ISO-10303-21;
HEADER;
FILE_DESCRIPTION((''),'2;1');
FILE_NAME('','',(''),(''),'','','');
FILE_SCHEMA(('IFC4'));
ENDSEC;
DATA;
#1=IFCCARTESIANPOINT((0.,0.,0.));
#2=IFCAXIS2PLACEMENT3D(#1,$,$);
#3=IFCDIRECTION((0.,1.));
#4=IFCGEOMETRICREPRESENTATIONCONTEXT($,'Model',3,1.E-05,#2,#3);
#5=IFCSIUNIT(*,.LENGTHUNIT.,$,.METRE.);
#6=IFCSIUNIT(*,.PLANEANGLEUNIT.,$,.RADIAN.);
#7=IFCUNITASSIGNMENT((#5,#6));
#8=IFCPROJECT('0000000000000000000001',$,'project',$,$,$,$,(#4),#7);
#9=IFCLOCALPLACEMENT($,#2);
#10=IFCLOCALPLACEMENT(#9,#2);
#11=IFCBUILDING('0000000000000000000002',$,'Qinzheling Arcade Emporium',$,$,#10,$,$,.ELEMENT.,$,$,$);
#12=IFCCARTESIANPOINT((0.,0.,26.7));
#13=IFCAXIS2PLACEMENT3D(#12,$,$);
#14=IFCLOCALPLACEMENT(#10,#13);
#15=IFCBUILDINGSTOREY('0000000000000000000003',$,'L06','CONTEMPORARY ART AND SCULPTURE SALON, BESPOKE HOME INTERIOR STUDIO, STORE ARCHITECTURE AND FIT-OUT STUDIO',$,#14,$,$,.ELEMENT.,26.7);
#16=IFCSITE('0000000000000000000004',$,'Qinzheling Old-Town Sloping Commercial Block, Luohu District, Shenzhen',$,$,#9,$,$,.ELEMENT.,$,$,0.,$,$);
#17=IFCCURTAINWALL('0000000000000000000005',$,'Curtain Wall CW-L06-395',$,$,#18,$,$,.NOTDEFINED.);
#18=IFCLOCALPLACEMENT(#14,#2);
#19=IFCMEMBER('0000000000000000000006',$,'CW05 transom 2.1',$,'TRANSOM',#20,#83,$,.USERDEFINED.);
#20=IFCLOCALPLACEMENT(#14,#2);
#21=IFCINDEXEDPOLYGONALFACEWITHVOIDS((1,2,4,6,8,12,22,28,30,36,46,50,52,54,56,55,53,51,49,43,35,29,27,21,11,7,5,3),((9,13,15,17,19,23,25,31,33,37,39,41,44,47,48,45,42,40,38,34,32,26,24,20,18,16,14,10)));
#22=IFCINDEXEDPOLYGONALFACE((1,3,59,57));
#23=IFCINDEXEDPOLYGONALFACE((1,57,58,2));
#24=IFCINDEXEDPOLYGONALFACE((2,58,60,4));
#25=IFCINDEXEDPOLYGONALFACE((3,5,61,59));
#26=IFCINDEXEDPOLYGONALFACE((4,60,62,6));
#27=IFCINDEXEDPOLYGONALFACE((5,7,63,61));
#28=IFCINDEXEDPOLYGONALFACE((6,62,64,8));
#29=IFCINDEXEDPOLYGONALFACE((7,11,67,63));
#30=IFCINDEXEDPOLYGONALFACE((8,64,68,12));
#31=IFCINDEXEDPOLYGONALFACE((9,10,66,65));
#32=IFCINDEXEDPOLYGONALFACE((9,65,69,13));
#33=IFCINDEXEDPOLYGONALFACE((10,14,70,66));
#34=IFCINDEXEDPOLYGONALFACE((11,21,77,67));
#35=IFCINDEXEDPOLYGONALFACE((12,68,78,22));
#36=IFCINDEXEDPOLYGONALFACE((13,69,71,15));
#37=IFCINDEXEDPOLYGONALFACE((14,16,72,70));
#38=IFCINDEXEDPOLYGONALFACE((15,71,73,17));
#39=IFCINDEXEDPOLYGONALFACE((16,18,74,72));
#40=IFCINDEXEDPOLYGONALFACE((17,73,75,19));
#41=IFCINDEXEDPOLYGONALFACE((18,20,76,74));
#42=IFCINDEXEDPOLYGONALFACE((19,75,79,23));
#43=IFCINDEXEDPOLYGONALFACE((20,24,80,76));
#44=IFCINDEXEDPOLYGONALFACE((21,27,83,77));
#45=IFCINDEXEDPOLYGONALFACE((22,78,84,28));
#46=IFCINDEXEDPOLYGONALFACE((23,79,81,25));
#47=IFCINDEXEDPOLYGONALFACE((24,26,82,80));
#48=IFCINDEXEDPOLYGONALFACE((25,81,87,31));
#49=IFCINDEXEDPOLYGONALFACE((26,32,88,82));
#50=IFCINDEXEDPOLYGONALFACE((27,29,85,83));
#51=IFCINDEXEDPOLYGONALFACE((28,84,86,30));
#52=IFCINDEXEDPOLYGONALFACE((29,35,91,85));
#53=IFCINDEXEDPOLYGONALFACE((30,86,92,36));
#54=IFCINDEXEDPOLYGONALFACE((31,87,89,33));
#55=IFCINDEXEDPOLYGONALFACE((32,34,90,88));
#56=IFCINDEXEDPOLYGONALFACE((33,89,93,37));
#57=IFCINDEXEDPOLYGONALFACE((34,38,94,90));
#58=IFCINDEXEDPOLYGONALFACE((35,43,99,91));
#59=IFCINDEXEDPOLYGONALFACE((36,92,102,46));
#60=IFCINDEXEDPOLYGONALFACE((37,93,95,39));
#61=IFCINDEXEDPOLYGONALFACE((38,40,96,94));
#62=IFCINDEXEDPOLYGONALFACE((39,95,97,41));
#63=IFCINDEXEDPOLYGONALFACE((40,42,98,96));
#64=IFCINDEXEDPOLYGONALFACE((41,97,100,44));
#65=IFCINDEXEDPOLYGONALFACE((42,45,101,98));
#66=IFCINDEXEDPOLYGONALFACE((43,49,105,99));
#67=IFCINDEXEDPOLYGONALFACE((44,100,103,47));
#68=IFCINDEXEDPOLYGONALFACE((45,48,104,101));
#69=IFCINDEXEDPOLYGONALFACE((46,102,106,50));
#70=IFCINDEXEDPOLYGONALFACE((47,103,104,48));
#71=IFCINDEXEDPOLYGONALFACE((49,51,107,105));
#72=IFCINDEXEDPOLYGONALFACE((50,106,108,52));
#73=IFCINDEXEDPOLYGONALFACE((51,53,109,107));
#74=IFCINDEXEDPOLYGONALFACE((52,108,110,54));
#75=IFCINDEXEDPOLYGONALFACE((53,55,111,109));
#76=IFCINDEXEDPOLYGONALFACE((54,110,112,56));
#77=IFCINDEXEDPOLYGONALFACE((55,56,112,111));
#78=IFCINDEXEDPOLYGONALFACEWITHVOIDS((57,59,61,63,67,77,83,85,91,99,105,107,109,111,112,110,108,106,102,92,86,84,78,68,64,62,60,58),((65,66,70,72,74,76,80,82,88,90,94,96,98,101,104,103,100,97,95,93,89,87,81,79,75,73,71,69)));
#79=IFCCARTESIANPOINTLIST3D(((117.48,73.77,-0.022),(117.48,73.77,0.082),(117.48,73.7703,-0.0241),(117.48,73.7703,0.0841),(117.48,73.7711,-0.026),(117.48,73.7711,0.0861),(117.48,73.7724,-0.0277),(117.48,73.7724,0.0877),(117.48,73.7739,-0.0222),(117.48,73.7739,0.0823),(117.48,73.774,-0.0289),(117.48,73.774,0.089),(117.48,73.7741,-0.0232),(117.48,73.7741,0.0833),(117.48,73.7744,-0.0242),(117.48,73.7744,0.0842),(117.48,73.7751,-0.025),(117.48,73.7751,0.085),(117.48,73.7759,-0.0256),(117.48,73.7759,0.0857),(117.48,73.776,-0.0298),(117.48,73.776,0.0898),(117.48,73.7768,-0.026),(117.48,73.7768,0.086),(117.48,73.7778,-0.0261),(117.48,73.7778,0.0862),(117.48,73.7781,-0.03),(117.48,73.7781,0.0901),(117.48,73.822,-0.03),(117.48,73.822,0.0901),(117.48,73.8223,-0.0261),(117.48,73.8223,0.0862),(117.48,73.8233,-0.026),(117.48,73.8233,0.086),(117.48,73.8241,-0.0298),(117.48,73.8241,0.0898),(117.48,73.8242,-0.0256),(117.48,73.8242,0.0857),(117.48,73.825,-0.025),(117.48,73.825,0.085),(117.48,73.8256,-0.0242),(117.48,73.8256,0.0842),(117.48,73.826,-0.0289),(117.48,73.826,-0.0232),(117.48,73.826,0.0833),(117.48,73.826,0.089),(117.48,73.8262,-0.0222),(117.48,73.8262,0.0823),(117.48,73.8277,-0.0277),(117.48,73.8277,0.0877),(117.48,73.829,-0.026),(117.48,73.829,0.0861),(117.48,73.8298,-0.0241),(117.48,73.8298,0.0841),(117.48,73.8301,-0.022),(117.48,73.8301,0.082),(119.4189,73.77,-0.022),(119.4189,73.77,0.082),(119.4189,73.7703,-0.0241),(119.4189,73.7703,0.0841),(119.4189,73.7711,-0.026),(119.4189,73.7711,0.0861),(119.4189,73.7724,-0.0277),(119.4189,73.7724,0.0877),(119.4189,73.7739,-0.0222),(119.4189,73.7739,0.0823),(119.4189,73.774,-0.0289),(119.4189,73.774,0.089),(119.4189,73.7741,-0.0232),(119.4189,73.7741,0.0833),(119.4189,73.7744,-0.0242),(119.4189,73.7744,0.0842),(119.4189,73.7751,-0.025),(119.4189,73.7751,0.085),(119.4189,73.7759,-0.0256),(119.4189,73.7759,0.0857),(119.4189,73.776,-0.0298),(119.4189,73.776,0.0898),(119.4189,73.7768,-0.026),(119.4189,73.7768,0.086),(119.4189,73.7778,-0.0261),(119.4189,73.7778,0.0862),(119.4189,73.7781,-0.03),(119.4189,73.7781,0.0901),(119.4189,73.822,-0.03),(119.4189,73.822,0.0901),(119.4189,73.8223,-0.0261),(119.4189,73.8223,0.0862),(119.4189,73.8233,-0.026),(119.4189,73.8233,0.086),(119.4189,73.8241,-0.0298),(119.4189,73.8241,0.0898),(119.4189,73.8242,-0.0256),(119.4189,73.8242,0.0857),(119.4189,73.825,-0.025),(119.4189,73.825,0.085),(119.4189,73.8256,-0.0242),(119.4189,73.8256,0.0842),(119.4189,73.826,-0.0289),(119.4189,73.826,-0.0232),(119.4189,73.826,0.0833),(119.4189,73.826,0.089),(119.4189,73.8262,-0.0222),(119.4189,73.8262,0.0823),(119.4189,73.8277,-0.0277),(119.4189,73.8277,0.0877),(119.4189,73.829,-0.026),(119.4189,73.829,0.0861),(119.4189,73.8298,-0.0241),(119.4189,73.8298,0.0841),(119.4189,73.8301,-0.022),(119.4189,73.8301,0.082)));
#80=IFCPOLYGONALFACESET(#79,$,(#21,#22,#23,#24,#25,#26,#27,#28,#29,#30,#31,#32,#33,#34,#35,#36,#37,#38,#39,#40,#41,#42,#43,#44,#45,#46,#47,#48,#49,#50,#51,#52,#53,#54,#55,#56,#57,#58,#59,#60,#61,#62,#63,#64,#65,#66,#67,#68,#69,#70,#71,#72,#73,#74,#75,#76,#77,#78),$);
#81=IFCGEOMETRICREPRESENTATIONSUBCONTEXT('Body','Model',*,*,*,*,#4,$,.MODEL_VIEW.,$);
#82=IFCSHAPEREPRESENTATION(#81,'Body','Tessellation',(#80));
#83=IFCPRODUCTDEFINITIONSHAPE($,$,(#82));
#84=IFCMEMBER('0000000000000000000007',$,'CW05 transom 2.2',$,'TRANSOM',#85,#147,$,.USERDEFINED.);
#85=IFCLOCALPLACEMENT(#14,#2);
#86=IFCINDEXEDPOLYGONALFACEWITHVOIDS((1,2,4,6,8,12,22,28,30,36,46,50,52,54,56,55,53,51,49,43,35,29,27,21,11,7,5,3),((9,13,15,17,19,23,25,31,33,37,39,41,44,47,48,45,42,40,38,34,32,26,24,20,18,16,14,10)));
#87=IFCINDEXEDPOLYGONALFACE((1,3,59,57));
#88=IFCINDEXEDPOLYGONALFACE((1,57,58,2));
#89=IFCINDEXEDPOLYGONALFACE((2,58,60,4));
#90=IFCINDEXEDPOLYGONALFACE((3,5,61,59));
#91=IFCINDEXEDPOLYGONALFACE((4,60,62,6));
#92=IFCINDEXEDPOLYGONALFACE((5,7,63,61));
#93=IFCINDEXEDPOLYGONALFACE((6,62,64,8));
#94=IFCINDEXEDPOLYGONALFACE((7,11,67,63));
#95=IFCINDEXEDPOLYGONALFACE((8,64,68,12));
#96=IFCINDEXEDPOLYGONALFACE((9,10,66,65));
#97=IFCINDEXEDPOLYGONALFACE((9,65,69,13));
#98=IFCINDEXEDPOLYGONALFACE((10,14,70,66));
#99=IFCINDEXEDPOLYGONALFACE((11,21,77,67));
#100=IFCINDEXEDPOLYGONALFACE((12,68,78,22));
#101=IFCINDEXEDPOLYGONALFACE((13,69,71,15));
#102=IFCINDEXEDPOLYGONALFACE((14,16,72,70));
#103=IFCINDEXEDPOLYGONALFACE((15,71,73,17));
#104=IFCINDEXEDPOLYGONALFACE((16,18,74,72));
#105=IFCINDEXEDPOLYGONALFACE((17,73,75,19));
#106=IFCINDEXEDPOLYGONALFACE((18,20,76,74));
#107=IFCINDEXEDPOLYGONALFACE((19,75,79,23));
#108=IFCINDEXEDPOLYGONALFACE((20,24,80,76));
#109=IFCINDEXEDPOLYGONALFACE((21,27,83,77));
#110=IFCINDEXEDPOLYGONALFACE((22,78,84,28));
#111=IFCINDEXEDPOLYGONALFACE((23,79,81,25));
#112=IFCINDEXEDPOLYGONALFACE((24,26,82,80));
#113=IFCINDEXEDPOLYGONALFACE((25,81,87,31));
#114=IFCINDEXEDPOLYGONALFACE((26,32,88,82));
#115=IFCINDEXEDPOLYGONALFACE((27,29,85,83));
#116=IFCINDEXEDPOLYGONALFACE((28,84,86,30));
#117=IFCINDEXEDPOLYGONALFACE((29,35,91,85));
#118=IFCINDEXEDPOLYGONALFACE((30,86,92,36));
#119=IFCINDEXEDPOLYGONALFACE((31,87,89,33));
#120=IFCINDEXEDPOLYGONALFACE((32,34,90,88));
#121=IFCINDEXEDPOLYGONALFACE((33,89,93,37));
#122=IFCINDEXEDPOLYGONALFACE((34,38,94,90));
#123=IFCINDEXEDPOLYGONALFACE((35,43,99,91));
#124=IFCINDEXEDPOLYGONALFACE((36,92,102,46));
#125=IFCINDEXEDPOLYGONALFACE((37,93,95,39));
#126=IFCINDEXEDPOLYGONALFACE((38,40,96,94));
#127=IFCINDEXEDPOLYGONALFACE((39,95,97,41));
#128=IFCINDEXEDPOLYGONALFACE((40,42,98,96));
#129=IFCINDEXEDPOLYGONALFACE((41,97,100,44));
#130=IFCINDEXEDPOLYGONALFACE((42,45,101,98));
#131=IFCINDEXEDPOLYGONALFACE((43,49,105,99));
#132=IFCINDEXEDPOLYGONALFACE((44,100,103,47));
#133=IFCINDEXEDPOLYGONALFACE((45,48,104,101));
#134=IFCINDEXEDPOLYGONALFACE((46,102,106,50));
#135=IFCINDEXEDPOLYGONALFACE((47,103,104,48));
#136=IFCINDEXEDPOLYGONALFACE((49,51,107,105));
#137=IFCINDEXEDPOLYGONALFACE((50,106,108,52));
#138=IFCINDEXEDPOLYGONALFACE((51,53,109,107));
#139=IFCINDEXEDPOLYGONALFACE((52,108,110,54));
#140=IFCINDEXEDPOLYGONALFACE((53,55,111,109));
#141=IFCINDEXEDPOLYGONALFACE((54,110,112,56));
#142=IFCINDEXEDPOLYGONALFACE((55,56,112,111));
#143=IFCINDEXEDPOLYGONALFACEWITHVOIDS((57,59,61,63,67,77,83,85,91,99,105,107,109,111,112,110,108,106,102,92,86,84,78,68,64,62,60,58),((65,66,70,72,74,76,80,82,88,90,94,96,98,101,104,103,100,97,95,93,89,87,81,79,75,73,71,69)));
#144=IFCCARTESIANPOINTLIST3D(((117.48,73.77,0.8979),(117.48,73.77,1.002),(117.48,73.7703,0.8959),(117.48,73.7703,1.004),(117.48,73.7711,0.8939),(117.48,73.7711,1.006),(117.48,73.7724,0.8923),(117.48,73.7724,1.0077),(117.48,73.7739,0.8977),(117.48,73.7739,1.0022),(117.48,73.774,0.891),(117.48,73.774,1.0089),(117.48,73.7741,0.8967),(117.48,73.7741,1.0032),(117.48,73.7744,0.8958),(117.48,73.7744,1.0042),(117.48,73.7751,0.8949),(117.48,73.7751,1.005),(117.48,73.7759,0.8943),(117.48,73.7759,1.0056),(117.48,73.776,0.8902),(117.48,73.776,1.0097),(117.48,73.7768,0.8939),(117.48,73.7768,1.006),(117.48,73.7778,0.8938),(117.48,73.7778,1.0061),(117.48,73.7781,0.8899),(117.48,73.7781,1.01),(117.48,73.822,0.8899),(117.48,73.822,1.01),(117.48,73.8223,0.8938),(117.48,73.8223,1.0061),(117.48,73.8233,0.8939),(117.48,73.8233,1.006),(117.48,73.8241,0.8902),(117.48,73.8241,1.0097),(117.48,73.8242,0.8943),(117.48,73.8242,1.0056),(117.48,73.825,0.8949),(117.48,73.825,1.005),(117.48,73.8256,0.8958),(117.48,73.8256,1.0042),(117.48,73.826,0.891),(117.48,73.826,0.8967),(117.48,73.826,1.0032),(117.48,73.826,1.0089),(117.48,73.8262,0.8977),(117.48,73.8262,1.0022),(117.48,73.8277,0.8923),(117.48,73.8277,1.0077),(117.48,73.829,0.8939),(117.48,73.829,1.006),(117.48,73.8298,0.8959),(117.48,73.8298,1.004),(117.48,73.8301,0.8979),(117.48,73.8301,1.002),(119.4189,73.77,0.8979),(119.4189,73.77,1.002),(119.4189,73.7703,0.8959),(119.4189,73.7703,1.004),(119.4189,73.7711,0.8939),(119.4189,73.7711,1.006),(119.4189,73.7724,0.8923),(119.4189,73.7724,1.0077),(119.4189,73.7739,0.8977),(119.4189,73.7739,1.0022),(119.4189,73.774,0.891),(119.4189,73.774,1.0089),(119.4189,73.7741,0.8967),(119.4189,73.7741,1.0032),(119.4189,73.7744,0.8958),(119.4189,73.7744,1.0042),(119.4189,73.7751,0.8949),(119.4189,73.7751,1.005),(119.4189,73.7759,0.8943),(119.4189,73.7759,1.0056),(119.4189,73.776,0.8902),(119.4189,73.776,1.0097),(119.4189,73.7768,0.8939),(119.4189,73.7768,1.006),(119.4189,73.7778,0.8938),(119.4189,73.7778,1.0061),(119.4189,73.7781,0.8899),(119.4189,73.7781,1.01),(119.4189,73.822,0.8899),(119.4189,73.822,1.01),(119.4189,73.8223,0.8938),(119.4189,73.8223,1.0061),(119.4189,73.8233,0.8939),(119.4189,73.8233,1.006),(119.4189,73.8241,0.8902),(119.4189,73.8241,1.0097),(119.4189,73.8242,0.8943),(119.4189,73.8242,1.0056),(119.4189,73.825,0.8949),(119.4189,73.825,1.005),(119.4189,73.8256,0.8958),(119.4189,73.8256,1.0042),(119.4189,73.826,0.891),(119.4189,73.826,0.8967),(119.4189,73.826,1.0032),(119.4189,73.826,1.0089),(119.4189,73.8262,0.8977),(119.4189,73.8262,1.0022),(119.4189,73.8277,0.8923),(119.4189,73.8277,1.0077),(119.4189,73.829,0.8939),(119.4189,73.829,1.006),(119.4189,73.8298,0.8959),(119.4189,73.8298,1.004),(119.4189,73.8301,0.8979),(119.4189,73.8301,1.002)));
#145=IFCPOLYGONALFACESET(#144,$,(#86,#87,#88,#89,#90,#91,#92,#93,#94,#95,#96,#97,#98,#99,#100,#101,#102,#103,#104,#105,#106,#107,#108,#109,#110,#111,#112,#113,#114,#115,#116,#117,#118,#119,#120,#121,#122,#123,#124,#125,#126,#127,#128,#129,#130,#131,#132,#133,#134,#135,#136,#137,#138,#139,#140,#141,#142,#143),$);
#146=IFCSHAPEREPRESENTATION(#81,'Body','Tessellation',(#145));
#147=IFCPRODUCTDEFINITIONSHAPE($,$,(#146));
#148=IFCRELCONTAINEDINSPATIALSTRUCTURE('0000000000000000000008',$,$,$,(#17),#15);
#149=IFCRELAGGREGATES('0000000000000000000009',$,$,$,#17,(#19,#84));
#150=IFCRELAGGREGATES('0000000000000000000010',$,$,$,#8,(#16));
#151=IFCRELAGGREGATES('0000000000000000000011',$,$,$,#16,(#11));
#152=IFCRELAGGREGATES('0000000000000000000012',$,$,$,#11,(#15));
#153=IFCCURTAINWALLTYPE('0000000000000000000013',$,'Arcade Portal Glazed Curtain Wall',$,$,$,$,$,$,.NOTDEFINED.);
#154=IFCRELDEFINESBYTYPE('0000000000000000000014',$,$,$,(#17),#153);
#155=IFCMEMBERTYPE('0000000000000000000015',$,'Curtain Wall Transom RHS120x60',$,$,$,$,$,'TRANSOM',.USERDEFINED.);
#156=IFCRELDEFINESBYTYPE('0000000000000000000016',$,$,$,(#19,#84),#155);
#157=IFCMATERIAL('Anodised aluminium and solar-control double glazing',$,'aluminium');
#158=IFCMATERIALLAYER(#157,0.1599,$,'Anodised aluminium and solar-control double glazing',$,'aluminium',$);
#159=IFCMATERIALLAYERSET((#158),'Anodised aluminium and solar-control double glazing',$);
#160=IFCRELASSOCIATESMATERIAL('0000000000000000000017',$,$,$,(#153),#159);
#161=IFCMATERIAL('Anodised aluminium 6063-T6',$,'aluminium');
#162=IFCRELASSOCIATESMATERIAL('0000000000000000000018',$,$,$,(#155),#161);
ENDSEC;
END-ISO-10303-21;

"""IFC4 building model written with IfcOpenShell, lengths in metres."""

from ifc_helpers import new_model, si_unit, direction, frame, origin, origin_2d, place, context, subcontext, project, spatial, hollow_rectangle, extrude, material, layer, layer_set, material_profile, profile_set, type_object, element, aggregate, save


model = new_model("IFC4")

# Units and contexts
model_context = context("Model", 3, precision=1e-05, world=origin(), true_north=direction((0.0, 1.0)))
body_context = subcontext(model_context, "Body", "Model", "MODEL_VIEW")
ifc_project = project(units=[si_unit("LENGTHUNIT", "METRE"), si_unit("PLANEANGLEUNIT", "RADIAN")], contexts=[model_context])

# Site, building, storey
site_placement = place(None, origin())
site = spatial("IfcSite", under=ifc_project, at=site_placement, Name="Qinzheling Old-Town Sloping Commercial Block, Luohu District, Shenzhen", CompositionType="ELEMENT", RefElevation=0.0)
building_placement = place(site_placement, origin())
building = spatial("IfcBuilding", under=site, at=building_placement, Name="Qinzheling Arcade Emporium", CompositionType="ELEMENT")
storey_placement = place(building_placement, frame((0.0, 0.0, 26.7)))
storey = spatial("IfcBuildingStorey", under=building, at=storey_placement, Name="L06", Description="CONTEMPORARY ART AND SCULPTURE SALON, BESPOKE HOME INTERIOR STUDIO, STORE ARCHITECTURE AND FIT-OUT STUDIO", CompositionType="ELEMENT", Elevation=26.7)

# Curtain wall, members
ifc_material_1 = material(Name="Anodised aluminium and solar-control double glazing", Category="aluminium")
ifc_layer_1 = layer(ifc_material_1, 0.1599, Name="Anodised aluminium and solar-control double glazing", Category="aluminium")
ifc_layer_set_1 = layer_set([ifc_layer_1], Name="Anodised aluminium and solar-control double glazing")
curtain_wall_type = type_object("IfcCurtainWallType", Name="Arcade Portal Glazed Curtain Wall", PredefinedType="NOTDEFINED", material=ifc_layer_set_1)
curtain_wall_placement = place(storey_placement, origin())
curtain_wall = element("IfcCurtainWall", 1, at=curtain_wall_placement, inside=storey, type_object=curtain_wall_type, Name="Curtain Wall CW-L06-395", PredefinedType="NOTDEFINED")
ifc_material_2 = material(Name="Anodised aluminium 6063-T6", Category="aluminium")
ifc_material_profile_1 = material_profile(ifc_material_2, hollow_rectangle(XDim=0.0601, YDim=0.1201, WallThickness=0.0039, InnerFilletRadius=0.0039, OuterFilletRadius=0.0081, at=origin_2d()), Name="RHS 120x60x4", Category="aluminium")
ifc_profile_set_1 = profile_set([ifc_material_profile_1], Name="Anodised aluminium 6063-T6")
member_type_1 = type_object("IfcMemberType", Name="Curtain Wall Transom RHS120x60", ElementType="TRANSOM", PredefinedType="USERDEFINED", material=ifc_profile_set_1)
member_1_placement = place(storey_placement, frame((119.4189, 73.8, 0.03), z_axis=(-1.0, 0.0, 0.0), x_axis=(0.0, -1.0, 0.0)))
member_1 = element("IfcMember", 2, at=member_1_placement, type_object=member_type_1, Name="CW05 transom 2.1", ObjectType="TRANSOM", PredefinedType="USERDEFINED", context=body_context, shape_type="SweptSolid", body=[
    extrude(hollow_rectangle(XDim=0.0601, YDim=0.1201, WallThickness=0.0039, InnerFilletRadius=0.0039, OuterFilletRadius=0.0081, at=origin_2d()), origin(), (0.0, 0.0, 1.0), 1.939),
])
member_2_placement = place(storey_placement, frame((119.4189, 73.8, 0.95), z_axis=(-1.0, 0.0, 0.0), x_axis=(0.0, -1.0, 0.0)))
member_2 = element("IfcMember", 3, at=member_2_placement, type_object=member_type_1, Name="CW05 transom 2.2", ObjectType="TRANSOM", PredefinedType="USERDEFINED", context=body_context, shape_type="SweptSolid", body=[
    extrude(hollow_rectangle(XDim=0.0601, YDim=0.1201, WallThickness=0.0039, InnerFilletRadius=0.0039, OuterFilletRadius=0.0081, at=origin_2d()), origin(), (0.0, 0.0, 1.0), 1.939),
])

aggregate(curtain_wall, [member_1, member_2])

save(model, "model.ifc")
